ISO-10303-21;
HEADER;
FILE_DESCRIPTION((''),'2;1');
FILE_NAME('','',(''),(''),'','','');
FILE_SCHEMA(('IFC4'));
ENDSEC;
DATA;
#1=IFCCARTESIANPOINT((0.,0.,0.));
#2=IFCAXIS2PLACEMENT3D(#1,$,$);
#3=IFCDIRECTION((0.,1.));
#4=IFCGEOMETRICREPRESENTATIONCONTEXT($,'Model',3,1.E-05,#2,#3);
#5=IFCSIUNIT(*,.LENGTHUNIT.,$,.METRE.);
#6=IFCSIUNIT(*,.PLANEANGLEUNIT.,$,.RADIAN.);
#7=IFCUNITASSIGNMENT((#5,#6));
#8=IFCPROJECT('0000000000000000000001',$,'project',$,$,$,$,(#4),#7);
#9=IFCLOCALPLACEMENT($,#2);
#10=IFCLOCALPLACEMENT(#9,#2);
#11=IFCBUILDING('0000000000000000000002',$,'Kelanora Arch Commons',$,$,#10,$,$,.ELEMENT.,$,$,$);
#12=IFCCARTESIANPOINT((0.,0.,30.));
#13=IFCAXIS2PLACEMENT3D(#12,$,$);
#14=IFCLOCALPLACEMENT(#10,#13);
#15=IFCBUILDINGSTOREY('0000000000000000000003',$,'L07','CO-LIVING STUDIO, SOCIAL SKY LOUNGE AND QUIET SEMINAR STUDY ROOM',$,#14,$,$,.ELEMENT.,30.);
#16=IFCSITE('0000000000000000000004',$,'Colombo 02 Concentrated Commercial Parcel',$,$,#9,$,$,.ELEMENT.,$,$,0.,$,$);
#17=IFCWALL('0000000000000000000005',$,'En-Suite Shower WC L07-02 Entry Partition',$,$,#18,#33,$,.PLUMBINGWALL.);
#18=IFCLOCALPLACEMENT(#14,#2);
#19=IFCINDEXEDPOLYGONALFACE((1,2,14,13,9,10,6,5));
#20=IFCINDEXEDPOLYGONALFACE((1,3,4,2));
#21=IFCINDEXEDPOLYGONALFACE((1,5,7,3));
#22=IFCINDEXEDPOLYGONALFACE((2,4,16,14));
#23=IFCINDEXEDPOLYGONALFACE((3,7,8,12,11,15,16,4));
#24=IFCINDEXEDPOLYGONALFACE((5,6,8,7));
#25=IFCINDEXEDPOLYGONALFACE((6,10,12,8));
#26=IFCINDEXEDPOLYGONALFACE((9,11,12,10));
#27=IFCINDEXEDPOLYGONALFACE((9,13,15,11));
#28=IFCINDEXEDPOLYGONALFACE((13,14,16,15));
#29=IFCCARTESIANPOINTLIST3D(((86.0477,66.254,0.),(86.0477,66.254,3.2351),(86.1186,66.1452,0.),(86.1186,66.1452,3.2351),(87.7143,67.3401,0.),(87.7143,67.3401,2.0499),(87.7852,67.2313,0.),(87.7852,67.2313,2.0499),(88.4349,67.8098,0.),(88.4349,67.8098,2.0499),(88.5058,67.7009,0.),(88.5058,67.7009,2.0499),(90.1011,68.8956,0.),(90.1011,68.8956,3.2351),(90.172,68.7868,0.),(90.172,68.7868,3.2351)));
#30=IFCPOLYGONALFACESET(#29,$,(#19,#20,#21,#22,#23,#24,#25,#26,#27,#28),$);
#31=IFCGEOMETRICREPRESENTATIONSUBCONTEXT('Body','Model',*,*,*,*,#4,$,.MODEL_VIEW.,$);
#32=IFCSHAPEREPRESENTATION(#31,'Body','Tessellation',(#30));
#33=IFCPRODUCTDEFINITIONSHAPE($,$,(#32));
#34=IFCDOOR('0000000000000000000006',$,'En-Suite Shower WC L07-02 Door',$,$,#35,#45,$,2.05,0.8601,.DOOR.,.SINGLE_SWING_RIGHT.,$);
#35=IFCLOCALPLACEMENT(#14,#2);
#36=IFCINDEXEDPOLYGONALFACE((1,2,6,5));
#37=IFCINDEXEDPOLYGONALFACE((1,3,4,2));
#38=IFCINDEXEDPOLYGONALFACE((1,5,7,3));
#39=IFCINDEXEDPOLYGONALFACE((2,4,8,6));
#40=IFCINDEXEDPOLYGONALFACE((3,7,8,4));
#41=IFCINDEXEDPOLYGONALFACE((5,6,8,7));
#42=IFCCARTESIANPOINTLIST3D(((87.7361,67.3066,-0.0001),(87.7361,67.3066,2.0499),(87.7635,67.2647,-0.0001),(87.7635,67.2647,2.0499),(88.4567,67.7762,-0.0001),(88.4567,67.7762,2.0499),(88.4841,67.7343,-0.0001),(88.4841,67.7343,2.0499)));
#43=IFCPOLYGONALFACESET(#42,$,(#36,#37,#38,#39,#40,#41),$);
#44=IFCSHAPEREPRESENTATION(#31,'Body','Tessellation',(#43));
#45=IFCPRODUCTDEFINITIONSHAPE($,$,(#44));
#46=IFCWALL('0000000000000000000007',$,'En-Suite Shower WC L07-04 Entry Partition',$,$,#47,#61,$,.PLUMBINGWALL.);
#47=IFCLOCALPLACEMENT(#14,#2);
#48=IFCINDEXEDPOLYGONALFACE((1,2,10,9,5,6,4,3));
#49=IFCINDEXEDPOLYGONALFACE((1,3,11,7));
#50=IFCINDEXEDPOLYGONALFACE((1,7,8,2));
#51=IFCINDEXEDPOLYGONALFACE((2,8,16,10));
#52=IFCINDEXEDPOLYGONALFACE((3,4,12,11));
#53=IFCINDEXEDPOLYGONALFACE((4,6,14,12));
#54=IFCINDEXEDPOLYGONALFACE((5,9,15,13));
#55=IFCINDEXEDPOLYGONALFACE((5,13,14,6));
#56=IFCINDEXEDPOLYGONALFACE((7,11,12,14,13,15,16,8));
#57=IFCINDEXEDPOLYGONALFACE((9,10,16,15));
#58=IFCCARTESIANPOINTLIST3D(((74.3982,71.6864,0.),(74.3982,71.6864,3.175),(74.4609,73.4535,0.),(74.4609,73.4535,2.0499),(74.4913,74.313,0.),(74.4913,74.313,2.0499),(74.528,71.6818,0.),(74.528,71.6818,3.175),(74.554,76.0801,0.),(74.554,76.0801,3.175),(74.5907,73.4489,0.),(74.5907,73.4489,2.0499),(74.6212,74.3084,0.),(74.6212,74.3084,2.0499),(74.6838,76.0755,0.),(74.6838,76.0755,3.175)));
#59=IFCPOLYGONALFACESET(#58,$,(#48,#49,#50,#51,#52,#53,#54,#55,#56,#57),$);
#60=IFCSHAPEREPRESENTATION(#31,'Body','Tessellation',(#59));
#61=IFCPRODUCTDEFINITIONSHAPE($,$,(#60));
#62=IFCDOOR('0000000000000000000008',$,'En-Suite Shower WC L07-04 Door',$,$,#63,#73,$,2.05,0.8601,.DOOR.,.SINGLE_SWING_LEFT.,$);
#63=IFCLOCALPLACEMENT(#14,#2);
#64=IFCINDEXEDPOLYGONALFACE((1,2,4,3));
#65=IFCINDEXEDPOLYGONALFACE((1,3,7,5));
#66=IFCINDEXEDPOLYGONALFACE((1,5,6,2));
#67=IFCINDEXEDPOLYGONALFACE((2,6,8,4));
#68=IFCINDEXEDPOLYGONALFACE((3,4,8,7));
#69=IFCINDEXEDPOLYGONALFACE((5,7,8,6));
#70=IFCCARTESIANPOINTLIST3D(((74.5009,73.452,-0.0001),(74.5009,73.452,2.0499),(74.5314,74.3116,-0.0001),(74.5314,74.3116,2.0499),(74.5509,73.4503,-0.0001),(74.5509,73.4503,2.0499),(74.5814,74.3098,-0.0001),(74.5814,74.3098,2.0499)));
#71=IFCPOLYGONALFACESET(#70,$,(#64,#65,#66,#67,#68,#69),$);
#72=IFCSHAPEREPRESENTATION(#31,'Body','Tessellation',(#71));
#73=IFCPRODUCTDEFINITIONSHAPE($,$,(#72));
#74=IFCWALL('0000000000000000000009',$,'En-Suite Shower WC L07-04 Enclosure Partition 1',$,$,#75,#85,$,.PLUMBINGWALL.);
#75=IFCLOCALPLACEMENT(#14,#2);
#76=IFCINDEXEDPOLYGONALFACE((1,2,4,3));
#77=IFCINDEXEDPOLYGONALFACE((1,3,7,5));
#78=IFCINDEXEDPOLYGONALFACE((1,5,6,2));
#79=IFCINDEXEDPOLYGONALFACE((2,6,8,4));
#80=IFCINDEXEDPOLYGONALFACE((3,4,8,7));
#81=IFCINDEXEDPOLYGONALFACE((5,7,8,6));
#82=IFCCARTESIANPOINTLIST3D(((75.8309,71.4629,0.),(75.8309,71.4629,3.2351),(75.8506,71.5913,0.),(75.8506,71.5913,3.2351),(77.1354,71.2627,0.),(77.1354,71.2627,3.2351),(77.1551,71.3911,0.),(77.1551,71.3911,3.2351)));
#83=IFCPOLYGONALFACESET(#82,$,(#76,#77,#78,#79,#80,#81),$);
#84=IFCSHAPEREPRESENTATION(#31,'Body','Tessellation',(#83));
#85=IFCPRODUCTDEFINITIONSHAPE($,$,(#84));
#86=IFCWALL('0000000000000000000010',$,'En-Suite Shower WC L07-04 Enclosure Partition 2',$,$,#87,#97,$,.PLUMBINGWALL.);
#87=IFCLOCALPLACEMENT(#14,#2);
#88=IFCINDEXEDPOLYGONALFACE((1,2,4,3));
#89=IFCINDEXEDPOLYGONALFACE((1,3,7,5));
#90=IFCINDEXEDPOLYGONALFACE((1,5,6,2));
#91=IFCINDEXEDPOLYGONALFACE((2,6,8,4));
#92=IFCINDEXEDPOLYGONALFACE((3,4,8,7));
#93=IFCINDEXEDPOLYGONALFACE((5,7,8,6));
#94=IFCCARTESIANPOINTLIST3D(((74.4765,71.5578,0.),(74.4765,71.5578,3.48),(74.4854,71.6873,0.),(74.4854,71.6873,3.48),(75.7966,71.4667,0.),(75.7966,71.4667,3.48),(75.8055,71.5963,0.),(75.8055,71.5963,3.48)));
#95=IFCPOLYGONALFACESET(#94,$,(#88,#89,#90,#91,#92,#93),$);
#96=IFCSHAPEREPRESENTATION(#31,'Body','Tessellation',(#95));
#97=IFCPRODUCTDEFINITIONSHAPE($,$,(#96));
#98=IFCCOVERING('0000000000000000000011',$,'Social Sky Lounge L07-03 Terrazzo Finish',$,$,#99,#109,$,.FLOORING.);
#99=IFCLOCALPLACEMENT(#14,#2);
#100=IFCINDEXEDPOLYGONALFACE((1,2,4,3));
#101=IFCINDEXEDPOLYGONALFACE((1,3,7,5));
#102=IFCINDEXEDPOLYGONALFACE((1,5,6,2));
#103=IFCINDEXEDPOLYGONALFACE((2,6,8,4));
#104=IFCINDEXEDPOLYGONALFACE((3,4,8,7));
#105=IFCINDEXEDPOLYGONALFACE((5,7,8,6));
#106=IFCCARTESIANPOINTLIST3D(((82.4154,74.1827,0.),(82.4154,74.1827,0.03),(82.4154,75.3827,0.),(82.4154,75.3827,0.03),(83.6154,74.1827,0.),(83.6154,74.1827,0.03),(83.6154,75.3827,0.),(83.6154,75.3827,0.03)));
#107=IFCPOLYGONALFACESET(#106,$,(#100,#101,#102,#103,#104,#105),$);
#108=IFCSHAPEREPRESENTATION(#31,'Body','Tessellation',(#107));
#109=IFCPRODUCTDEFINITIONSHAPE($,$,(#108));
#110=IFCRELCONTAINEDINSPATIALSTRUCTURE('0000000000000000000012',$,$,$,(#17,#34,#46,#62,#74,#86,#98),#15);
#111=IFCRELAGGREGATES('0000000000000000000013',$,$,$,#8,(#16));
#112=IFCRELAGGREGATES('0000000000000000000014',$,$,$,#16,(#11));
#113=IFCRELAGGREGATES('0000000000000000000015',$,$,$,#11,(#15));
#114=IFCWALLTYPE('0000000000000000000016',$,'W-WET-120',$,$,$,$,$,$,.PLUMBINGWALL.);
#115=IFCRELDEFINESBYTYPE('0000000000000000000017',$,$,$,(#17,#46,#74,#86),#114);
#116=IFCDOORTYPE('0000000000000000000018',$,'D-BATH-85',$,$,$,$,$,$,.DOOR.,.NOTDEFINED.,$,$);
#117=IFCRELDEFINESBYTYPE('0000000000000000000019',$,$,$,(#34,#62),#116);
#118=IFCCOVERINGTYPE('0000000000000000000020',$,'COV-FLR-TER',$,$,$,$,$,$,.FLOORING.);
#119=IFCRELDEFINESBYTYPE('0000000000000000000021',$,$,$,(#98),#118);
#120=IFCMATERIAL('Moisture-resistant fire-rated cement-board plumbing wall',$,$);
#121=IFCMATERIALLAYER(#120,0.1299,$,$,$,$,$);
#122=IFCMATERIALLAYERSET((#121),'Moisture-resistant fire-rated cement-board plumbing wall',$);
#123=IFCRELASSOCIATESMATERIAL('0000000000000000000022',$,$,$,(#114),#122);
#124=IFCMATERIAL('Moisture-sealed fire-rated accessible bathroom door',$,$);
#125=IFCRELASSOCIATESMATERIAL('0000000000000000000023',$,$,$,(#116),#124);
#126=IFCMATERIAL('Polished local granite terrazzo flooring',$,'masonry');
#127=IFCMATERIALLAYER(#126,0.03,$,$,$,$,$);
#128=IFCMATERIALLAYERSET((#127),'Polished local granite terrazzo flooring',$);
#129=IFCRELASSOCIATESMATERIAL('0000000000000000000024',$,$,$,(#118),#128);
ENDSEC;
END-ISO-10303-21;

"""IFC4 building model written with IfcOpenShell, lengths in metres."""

from ifc_helpers import new_model, si_unit, direction, frame, frame_2d, origin, origin_2d, place, context, subcontext, project, spatial, rectangle, extrude, source, transform, mapped, material, layer, layer_set, type_object, element, fill, save


model = new_model("IFC4")

# Units and contexts
model_context = context("Model", 3, precision=1e-05, world=origin(), true_north=direction((0.0, 1.0)))
body_context = subcontext(model_context, "Body", "Model", "MODEL_VIEW")
ifc_project = project(units=[si_unit("LENGTHUNIT", "METRE"), si_unit("PLANEANGLEUNIT", "RADIAN")], contexts=[model_context])

# Site, building, storey
site_placement = place(None, origin())
site = spatial("IfcSite", under=ifc_project, at=site_placement, Name="Colombo 02 Concentrated Commercial Parcel", CompositionType="ELEMENT", RefElevation=0.0)
building_placement = place(site_placement, origin())
building = spatial("IfcBuilding", under=site, at=building_placement, Name="Kelanora Arch Commons", CompositionType="ELEMENT")
storey_placement = place(building_placement, frame((0.0, 0.0, 30.0)))
storey = spatial("IfcBuildingStorey", under=building, at=storey_placement, Name="L07", Description="CO-LIVING STUDIO, SOCIAL SKY LOUNGE AND QUIET SEMINAR STUDY ROOM", CompositionType="ELEMENT", Elevation=30.0)

# Walls, openings, doors
ifc_material_1 = material(Name="Moisture-resistant fire-rated cement-board plumbing wall")
ifc_layer_1 = layer(ifc_material_1, 0.1299)
ifc_layer_set_1 = layer_set([ifc_layer_1], Name="Moisture-resistant fire-rated cement-board plumbing wall")
wall_type_1 = type_object("IfcWallType", Name="W-WET-120", PredefinedType="PLUMBINGWALL", material=ifc_layer_set_1)
wall_1_placement = place(storey_placement, frame((86.0833, 66.1997, 0.0), z_axis=(0.0, 0.0, 1.0), x_axis=(0.837796, 0.545983, 0.0)))
wall_1 = element("IfcWall", 1, at=wall_1_placement, inside=storey, type_object=wall_type_1, Name="En-Suite Shower WC L07-02 Entry Partition", PredefinedType="PLUMBINGWALL", context=body_context, shape_type="SweptSolid", body=[
    extrude(rectangle(XDim=4.8381, YDim=0.1299, at=frame_2d((2.4189, 0.0))), origin(), (0.0, 0.0, 1.0), 3.2351),
])
opening_1_placement = place(wall_1_placement, frame((1.989, 0.0, 0.0)))
opening_1 = element("IfcOpeningElement", 2, at=opening_1_placement, cuts=wall_1, PredefinedType="OPENING", context=body_context, shape_type="SweptSolid", body=[
    extrude(rectangle(XDim=0.8601, YDim=2.05, at=frame_2d((0.4302, 1.0249))), frame((0.0, 0.075, 0.0), z_axis=(0.0, -1.0, 0.0), x_axis=(1.0, 0.0, 0.0)), (0.0, 0.0, 1.0), 0.1499),
])
ifc_material_2 = material(Name="Moisture-sealed fire-rated accessible bathroom door")
door_type_1 = type_object("IfcDoorType", Name="D-BATH-85", OperationType="NOTDEFINED", PredefinedType="DOOR", material=ifc_material_2)
door_1_placement = place(opening_1_placement, origin())
door_1 = element("IfcDoor", 3, at=door_1_placement, inside=storey, type_object=door_type_1, Name="En-Suite Shower WC L07-02 Door", OperationType="SINGLE_SWING_RIGHT", OverallHeight=2.05, OverallWidth=0.8601, PredefinedType="DOOR", context=body_context, shape_type="SweptSolid", body=[
    extrude(rectangle(XDim=0.8601, YDim=2.05, at=frame_2d((0.4302, 1.0249))), frame((0.0, 0.0249, 0.0), z_axis=(0.0, -1.0, 0.0), x_axis=(1.0, 0.0, 0.0)), (0.0, 0.0, 1.0), 0.05),
])
fill(opening_1, door_1)
wall_2_placement = place(storey_placement, frame((74.4631, 71.6841, 0.0), z_axis=(0.0, 0.0, 1.0), x_axis=(0.035428, 0.999372, 0.0)))
wall_2 = element("IfcWall", 4, at=wall_2_placement, inside=storey, type_object=wall_type_1, Name="En-Suite Shower WC L07-04 Entry Partition", PredefinedType="PLUMBINGWALL", context=body_context, shape_type="SweptSolid", body=[
    extrude(rectangle(XDim=4.3965, YDim=0.1299, at=frame_2d((2.1982, 0.0))), origin(), (0.0, 0.0, 1.0), 3.175),
])
opening_2_placement = place(wall_2_placement, frame((1.7681, 0.0, 0.0)))
opening_2 = element("IfcOpeningElement", 5, at=opening_2_placement, cuts=wall_2, PredefinedType="OPENING", context=body_context, shape_type="SweptSolid", body=[
    extrude(rectangle(XDim=0.8601, YDim=2.05, at=frame_2d((0.4302, 1.0249))), frame((0.0, 0.075, 0.0), z_axis=(0.0, -1.0, 0.0), x_axis=(1.0, 0.0, 0.0)), (0.0, 0.0, 1.0), 0.1499),
])
door_2_placement = place(opening_2_placement, origin())
door_2 = element("IfcDoor", 6, at=door_2_placement, inside=storey, type_object=door_type_1, Name="En-Suite Shower WC L07-04 Door", OperationType="SINGLE_SWING_LEFT", OverallHeight=2.05, OverallWidth=0.8601, PredefinedType="DOOR", context=body_context, shape_type="SweptSolid", body=[
    extrude(rectangle(XDim=0.8601, YDim=2.05, at=frame_2d((0.4302, 1.0249))), frame((0.0, 0.0249, 0.0), z_axis=(0.0, -1.0, 0.0), x_axis=(1.0, 0.0, 0.0)), (0.0, 0.0, 1.0), 0.05),
])
fill(opening_2, door_2)

# Walls
wall_3_placement = place(storey_placement, frame((77.1453, 71.3269, 0.0), z_axis=(0.0, 0.0, 1.0), x_axis=(-0.988427, 0.151696, 0.0)))
element("IfcWall", 7, at=wall_3_placement, inside=storey, type_object=wall_type_1, Name="En-Suite Shower WC L07-04 Enclosure Partition 1", PredefinedType="PLUMBINGWALL", context=body_context, shape_type="SweptSolid", body=[
    extrude(rectangle(XDim=1.3198, YDim=0.1299, at=frame_2d((0.6599, 0.0))), origin(), (0.0, 0.0, 1.0), 3.2351),
])
wall_4_placement = place(storey_placement, frame((75.801, 71.5315, 0.0), z_axis=(0.0, 0.0, 1.0), x_axis=(-0.997629, 0.068821, 0.0)))
element("IfcWall", 8, at=wall_4_placement, inside=storey, type_object=wall_type_1, Name="En-Suite Shower WC L07-04 Enclosure Partition 2", PredefinedType="PLUMBINGWALL", context=body_context, shape_type="SweptSolid", body=[
    extrude(rectangle(XDim=1.3232, YDim=0.1299, at=frame_2d((0.6616, 0.0))), origin(), (0.0, 0.0, 1.0), 3.48),
])

# Covering
ifc_material_3 = material(Name="Polished local granite terrazzo flooring", Category="masonry")
ifc_layer_2 = layer(ifc_material_3, 0.03)
ifc_layer_set_2 = layer_set([ifc_layer_2], Name="Polished local granite terrazzo flooring")
covering_type = type_object("IfcCoveringType", Name="COV-FLR-TER", PredefinedType="FLOORING", material=ifc_layer_set_2)
shared_shape = source(origin(), body_context, "Body", "SweptSolid", [
    extrude(rectangle(XDim=1.2, YDim=1.2, at=origin_2d()), origin(), (0.0, 0.0, 1.0), 0.03),
])
covering_placement = place(storey_placement, frame((83.0154, 74.7827, 0.0), z_axis=(0.0, 0.0, 1.0), x_axis=(1.0, 0.0, 0.0)))
element("IfcCovering", 9, at=covering_placement, inside=storey, type_object=covering_type, Name="Social Sky Lounge L07-03 Terrazzo Finish", PredefinedType="FLOORING", context=body_context, shape_type="MappedRepresentation", body=[
    mapped(shared_shape, transform((0.0, 0.0, 0.0), scale=1.0)),
])

save(model, "model.ifc")
